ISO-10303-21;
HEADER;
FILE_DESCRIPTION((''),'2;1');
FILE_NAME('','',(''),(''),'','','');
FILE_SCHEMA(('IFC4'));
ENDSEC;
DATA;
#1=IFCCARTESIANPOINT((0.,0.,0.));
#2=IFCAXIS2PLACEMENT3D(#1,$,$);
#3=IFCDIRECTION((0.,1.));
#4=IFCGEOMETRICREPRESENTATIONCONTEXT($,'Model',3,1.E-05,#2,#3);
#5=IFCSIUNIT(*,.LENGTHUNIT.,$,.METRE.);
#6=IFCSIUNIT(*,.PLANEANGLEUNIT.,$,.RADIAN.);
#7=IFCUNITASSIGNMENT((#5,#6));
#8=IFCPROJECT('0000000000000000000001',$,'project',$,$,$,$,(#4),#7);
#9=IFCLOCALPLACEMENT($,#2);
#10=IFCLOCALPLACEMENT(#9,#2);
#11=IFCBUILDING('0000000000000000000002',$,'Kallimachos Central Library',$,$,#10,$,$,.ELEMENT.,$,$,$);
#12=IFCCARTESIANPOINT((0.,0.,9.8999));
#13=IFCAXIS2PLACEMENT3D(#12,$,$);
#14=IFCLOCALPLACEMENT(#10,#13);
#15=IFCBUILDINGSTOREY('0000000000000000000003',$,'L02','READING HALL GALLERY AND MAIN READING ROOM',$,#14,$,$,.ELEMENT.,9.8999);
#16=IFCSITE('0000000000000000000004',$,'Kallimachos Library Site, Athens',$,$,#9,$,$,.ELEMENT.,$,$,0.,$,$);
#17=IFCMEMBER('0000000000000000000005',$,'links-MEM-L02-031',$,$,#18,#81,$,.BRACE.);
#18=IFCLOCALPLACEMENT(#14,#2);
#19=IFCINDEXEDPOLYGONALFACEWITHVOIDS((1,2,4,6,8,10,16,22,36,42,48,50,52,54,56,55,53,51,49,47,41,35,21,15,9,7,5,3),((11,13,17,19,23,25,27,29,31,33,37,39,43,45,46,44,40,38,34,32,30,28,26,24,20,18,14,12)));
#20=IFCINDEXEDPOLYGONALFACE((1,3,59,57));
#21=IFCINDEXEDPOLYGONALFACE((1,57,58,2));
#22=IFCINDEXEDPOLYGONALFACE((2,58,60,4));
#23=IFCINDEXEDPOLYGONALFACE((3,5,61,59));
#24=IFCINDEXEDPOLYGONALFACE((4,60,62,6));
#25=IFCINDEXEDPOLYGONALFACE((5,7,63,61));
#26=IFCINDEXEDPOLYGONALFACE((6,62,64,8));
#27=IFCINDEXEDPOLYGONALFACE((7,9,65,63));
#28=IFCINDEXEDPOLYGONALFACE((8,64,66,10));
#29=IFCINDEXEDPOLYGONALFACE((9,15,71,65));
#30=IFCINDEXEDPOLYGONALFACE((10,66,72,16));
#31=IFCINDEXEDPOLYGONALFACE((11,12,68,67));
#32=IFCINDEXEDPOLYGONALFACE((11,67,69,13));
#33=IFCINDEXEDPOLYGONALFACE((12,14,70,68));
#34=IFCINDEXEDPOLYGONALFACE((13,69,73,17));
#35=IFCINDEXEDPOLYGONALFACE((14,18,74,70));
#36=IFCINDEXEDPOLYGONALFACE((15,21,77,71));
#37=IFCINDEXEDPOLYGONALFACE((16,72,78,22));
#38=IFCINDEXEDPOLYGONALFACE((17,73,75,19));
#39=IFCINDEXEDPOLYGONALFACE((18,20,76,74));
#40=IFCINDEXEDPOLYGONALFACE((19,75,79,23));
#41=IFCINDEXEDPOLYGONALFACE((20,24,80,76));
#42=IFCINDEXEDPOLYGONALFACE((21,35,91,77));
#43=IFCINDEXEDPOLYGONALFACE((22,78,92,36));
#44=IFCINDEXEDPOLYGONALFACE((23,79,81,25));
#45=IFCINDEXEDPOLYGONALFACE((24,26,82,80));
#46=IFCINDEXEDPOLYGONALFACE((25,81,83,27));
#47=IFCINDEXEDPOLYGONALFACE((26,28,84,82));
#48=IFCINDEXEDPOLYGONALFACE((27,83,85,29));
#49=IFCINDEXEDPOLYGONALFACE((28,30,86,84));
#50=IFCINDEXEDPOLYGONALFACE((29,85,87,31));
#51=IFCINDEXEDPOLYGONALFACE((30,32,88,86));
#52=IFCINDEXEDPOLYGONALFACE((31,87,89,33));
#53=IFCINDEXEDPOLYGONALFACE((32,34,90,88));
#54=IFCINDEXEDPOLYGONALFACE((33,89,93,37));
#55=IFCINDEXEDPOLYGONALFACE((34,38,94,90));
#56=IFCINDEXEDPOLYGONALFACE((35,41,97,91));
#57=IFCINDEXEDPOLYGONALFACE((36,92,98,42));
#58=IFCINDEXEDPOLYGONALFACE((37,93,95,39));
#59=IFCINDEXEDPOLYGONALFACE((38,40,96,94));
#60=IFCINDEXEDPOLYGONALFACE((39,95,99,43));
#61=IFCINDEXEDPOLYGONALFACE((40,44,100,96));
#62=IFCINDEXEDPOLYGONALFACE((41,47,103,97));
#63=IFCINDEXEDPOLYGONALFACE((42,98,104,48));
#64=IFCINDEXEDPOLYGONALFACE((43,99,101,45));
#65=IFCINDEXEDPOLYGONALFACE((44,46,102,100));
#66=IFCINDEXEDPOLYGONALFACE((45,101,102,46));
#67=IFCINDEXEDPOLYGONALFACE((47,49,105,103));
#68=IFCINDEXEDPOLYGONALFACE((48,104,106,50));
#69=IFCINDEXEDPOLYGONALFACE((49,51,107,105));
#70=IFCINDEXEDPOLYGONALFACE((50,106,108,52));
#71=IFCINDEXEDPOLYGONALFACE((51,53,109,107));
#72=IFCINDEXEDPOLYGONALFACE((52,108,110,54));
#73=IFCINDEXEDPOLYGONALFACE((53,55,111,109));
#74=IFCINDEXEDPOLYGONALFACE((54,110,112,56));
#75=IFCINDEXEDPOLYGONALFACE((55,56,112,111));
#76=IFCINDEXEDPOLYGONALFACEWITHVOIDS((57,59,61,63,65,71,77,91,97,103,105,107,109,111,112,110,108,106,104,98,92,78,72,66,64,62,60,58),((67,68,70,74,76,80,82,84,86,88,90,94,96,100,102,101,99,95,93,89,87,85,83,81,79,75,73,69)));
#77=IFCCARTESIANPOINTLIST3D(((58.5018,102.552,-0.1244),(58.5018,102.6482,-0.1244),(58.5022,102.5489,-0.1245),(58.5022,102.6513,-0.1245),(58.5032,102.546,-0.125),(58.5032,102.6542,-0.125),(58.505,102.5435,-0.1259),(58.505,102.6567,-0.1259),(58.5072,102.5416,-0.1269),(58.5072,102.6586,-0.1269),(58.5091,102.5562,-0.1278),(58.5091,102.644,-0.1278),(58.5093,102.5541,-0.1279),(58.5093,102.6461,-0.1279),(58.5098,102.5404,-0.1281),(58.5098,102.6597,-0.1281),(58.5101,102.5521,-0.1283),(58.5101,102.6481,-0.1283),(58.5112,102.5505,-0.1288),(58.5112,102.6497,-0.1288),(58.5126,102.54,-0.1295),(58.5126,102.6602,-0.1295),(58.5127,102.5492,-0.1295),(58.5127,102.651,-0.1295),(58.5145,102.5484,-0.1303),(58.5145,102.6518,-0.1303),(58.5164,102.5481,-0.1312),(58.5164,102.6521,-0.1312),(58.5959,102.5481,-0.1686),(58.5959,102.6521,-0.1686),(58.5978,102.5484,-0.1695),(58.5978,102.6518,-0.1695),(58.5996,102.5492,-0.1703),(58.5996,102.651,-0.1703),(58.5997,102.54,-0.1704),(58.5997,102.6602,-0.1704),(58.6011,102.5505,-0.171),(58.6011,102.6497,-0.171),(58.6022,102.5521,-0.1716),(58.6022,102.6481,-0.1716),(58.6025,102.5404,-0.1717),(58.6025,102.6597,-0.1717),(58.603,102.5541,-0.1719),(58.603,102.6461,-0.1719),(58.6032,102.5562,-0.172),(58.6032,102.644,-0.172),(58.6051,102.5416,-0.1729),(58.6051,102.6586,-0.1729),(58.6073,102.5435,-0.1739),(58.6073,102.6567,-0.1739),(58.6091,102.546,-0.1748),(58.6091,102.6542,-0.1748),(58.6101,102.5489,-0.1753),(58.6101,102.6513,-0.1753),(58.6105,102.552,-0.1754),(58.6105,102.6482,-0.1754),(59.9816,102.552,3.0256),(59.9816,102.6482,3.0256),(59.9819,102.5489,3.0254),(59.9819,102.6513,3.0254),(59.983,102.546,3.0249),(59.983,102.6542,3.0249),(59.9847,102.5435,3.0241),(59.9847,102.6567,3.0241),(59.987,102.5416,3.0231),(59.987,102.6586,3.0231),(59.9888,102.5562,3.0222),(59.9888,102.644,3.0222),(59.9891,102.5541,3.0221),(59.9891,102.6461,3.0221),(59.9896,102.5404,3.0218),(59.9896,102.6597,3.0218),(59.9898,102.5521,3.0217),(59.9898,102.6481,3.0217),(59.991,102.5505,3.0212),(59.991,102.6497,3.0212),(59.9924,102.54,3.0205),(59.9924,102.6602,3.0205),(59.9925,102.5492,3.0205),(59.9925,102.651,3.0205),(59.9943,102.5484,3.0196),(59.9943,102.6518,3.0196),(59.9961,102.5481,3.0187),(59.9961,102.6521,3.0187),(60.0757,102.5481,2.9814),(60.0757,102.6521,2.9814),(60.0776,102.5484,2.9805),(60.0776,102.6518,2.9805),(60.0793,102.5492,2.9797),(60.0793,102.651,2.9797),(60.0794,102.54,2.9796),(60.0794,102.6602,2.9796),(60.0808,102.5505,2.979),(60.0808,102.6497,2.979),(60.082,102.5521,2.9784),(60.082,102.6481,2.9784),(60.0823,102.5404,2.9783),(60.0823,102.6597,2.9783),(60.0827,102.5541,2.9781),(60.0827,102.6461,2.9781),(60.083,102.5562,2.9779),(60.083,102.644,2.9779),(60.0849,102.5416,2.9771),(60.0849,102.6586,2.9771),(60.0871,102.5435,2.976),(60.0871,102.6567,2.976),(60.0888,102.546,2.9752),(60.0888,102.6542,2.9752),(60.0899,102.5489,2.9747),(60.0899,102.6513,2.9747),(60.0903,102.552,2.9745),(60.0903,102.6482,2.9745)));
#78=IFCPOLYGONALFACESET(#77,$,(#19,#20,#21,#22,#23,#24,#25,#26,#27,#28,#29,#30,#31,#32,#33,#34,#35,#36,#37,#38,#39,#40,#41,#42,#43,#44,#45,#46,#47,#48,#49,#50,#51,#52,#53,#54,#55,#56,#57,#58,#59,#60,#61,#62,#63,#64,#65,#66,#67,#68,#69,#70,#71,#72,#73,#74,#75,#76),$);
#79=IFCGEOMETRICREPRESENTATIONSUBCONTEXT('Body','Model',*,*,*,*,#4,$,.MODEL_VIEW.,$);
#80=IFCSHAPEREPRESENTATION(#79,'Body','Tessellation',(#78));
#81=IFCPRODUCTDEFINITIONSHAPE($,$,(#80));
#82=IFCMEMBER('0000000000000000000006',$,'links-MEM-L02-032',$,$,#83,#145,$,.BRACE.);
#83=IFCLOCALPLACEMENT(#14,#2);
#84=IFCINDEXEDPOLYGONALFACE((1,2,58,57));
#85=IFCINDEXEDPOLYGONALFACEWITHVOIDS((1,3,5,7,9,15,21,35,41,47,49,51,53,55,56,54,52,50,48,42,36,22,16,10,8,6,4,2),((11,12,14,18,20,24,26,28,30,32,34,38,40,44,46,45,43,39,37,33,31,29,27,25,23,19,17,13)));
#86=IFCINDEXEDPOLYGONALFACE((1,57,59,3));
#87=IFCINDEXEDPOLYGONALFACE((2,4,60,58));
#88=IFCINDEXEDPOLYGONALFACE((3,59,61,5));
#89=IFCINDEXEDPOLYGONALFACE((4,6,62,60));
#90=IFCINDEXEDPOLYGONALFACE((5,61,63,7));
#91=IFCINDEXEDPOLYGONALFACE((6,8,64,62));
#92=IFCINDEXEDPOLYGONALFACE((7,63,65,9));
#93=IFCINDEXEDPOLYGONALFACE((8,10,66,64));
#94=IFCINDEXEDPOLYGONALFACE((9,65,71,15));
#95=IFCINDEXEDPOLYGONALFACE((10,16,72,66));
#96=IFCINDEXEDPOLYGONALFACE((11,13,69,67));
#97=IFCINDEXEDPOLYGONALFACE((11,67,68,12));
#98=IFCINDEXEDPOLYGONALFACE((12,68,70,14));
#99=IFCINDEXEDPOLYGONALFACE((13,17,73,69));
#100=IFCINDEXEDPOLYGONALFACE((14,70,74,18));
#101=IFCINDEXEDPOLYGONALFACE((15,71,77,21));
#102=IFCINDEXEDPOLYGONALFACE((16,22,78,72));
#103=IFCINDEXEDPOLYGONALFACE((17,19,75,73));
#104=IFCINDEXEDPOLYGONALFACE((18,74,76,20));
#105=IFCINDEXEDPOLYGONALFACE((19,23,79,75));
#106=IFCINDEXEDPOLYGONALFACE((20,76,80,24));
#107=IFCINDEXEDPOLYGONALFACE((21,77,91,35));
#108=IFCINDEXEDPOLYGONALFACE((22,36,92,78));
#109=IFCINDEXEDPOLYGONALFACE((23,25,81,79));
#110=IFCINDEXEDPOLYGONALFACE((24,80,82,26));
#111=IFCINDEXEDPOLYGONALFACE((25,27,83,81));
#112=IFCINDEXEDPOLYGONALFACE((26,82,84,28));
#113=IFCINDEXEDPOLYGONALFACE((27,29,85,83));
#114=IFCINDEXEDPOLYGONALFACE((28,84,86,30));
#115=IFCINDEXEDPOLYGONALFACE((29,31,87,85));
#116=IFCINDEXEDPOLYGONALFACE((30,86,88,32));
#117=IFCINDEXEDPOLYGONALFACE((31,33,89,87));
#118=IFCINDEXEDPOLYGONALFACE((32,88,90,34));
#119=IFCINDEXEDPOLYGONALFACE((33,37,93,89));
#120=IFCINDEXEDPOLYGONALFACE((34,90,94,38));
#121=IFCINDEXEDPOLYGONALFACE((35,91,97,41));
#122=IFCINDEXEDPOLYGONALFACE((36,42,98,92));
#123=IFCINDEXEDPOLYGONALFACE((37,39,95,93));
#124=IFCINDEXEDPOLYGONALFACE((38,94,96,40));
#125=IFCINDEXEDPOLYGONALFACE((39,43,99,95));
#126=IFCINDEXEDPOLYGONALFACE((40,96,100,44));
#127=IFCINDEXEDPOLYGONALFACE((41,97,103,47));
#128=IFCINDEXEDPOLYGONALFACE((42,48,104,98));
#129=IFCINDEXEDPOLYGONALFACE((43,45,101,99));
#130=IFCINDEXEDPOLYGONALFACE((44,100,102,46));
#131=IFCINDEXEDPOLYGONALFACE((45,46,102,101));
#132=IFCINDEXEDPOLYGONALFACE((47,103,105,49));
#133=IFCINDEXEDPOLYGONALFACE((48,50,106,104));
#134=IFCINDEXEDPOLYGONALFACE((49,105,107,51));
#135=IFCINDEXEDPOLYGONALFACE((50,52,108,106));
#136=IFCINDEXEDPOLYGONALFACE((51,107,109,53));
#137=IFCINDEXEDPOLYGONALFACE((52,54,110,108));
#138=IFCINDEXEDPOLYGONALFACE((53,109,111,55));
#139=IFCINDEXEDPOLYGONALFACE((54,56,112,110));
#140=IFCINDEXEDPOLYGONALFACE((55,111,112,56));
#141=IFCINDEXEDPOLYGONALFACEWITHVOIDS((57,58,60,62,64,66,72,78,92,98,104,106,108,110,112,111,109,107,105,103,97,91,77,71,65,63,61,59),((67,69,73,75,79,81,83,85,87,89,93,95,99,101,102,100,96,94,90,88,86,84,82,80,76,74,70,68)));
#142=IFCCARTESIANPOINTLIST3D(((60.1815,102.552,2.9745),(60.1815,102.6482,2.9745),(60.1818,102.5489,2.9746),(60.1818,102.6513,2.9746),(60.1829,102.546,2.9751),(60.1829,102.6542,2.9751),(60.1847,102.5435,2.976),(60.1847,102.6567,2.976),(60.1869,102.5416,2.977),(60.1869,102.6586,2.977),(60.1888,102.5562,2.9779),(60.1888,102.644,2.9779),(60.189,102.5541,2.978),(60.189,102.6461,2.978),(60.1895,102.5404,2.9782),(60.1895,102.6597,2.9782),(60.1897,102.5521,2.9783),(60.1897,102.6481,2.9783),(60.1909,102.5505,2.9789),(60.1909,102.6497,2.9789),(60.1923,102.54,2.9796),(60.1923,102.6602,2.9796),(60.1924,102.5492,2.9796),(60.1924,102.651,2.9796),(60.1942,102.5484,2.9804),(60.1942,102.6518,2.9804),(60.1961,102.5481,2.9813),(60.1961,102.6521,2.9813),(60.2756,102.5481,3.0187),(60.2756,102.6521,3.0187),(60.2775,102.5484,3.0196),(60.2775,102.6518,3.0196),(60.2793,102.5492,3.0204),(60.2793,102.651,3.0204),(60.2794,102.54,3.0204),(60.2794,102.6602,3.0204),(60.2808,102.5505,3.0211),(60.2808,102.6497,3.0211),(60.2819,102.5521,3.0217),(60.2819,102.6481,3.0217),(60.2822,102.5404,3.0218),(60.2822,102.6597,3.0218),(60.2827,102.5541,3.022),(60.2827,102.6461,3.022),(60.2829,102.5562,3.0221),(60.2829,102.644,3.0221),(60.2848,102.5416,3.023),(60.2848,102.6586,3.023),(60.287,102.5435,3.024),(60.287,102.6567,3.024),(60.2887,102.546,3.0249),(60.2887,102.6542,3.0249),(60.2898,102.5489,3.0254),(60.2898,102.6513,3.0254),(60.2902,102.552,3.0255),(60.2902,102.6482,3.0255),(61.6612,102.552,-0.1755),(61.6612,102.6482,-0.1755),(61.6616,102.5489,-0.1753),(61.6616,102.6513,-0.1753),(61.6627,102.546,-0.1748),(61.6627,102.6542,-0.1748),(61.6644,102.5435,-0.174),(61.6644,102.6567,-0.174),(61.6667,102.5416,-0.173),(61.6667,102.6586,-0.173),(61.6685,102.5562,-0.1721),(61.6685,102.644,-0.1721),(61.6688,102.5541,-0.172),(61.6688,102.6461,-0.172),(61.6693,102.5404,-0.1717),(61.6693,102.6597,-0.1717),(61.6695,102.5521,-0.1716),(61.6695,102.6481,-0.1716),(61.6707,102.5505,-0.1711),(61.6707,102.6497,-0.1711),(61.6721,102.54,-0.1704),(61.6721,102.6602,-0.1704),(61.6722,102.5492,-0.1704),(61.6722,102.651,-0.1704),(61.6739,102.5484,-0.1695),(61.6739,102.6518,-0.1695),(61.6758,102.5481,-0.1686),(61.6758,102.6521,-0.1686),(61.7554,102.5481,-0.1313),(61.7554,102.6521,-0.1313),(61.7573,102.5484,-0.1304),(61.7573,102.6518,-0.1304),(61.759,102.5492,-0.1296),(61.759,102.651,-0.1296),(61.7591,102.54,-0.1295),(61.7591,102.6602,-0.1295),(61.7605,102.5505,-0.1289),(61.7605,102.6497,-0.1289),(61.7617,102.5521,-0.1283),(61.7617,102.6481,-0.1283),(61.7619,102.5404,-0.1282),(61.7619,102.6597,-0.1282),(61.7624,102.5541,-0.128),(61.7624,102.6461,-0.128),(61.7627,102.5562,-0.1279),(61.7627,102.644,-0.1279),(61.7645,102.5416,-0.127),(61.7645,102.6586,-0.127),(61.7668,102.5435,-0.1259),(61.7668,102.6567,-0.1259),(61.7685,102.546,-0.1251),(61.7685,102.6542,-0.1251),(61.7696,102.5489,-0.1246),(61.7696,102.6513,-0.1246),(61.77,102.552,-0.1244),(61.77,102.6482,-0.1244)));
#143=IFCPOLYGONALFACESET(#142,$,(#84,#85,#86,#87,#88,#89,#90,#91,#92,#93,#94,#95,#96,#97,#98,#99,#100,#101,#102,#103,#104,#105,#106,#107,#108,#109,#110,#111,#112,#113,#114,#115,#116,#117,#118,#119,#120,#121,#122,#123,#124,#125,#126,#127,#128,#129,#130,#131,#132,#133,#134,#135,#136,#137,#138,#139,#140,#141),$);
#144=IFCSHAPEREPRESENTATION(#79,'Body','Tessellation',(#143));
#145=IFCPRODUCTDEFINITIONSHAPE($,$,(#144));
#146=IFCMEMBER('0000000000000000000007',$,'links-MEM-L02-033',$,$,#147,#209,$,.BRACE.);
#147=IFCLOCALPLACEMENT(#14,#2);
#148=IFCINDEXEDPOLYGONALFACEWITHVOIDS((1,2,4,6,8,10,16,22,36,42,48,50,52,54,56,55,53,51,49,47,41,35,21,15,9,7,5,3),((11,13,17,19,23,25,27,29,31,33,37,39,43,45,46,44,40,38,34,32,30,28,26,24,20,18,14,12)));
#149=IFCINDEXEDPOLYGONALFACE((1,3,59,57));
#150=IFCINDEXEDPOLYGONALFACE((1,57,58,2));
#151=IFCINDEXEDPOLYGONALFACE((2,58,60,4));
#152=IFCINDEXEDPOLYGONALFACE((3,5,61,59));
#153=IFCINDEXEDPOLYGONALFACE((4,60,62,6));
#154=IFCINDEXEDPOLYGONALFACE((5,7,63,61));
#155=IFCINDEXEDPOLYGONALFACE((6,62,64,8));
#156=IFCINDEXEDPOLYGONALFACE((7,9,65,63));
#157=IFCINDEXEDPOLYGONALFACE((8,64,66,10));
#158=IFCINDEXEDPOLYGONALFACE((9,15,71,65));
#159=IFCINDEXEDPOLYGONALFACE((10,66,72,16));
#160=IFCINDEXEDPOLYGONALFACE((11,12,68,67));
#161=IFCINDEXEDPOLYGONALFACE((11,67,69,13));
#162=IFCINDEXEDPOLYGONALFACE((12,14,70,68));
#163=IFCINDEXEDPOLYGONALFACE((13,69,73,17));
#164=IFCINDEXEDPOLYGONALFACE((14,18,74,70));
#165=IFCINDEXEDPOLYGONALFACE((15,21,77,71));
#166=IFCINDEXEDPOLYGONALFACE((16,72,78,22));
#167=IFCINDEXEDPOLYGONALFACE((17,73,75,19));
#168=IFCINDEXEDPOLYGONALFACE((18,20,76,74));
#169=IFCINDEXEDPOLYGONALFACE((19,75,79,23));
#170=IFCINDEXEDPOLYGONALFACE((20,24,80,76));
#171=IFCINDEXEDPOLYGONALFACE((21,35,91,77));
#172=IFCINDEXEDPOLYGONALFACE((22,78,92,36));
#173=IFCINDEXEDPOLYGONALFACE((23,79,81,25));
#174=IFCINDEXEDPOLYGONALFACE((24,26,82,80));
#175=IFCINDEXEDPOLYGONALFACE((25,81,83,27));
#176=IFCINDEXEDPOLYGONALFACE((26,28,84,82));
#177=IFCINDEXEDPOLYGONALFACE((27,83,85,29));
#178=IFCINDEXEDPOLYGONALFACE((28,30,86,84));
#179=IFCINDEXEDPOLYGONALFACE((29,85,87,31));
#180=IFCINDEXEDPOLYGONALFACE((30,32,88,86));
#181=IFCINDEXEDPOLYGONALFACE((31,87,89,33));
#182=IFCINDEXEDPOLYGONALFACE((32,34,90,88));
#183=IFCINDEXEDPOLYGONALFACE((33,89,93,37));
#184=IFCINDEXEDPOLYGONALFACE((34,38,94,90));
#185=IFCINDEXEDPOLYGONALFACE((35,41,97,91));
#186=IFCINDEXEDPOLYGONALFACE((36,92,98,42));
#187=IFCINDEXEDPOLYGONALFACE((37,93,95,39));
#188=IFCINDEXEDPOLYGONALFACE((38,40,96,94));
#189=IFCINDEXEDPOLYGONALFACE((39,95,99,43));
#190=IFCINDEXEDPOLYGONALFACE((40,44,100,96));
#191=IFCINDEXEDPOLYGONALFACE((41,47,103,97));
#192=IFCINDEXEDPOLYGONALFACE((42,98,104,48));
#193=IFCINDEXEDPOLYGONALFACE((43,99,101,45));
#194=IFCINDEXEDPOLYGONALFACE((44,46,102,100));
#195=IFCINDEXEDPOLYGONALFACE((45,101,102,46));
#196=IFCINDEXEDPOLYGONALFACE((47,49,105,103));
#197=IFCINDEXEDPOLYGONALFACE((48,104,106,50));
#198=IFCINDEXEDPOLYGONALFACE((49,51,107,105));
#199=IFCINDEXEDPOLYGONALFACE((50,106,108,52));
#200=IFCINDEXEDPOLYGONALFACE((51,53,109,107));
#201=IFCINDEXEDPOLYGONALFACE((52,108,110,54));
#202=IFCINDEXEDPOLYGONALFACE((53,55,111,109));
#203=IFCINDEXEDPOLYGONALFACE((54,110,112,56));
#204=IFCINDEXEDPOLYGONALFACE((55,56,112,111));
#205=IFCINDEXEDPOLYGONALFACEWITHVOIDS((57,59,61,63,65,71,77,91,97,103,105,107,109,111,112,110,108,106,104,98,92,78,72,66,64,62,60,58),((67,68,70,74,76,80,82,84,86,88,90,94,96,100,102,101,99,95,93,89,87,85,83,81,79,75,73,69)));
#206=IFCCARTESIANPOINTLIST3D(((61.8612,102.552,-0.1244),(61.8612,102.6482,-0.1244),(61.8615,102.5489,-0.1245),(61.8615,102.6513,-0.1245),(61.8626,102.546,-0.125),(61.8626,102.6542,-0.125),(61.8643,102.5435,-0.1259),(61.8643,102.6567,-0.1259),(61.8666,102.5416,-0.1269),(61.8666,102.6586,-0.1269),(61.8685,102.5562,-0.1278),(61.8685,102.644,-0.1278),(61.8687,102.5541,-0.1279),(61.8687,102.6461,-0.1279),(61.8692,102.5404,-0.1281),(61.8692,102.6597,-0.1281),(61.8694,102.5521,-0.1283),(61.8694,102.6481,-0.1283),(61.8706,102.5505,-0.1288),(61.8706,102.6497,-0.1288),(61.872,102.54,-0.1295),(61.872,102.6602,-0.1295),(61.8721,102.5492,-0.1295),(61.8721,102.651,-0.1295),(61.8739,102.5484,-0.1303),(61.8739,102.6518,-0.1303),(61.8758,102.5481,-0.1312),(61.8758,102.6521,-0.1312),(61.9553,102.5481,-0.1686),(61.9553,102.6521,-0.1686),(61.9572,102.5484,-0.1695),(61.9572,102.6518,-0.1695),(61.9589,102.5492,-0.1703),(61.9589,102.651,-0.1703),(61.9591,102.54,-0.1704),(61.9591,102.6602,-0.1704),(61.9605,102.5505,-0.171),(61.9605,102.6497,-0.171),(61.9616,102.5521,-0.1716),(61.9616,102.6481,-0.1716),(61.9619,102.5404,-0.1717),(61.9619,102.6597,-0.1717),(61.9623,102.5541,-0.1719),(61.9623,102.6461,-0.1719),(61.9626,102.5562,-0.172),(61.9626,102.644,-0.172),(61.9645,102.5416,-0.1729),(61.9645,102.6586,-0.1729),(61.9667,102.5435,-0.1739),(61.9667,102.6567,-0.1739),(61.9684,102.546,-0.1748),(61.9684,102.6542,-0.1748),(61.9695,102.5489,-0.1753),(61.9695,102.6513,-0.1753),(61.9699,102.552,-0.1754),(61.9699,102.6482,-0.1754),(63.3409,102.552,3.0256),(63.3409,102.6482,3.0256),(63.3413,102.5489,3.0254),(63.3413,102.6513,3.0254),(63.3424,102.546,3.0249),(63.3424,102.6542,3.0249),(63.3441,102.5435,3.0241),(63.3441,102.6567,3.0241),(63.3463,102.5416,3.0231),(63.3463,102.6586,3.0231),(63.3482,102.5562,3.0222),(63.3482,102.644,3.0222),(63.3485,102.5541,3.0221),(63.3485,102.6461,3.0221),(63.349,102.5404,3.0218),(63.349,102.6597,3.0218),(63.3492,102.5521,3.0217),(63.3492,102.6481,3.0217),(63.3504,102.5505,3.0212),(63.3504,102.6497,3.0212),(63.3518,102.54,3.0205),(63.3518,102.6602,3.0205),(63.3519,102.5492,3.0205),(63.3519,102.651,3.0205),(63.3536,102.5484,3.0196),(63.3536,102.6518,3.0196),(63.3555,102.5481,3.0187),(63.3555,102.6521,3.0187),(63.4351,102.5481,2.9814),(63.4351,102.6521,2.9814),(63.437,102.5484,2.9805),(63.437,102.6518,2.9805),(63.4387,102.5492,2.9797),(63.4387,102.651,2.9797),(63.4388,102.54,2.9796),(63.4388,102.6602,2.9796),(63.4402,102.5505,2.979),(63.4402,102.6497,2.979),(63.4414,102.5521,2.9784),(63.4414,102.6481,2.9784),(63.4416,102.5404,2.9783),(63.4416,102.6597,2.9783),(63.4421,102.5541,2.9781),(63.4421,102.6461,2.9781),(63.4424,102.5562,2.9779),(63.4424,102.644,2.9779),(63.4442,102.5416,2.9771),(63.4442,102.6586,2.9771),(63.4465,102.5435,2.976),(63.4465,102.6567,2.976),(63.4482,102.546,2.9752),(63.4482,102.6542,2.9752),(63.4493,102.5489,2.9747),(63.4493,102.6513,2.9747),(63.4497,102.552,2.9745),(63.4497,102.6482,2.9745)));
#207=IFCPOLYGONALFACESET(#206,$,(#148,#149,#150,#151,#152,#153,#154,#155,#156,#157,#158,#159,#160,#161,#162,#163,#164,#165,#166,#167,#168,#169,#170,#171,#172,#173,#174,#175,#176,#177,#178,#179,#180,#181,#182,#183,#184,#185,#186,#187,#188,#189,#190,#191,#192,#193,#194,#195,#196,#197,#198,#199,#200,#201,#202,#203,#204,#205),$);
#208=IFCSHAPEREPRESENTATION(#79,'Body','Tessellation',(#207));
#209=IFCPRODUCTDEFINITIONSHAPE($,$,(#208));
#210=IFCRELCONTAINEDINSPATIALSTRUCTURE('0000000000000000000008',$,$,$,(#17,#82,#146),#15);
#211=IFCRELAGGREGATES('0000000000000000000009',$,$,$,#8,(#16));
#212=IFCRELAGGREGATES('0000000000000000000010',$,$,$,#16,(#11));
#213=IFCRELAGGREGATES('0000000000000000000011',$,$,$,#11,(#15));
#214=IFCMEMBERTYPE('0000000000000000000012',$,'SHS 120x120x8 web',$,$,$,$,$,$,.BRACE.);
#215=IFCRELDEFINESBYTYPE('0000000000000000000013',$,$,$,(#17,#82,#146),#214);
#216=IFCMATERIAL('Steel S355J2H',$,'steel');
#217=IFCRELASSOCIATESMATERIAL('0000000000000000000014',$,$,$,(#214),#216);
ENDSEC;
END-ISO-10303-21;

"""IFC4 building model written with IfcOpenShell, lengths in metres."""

from ifc_helpers import new_model, si_unit, direction, frame, origin, origin_2d, place, context, subcontext, project, spatial, hollow_rectangle, extrude, material, material_profile, profile_set, type_object, element, save


model = new_model("IFC4")

# Units and contexts
model_context = context("Model", 3, precision=1e-05, world=origin(), true_north=direction((0.0, 1.0)))
body_context = subcontext(model_context, "Body", "Model", "MODEL_VIEW")
ifc_project = project(units=[si_unit("LENGTHUNIT", "METRE"), si_unit("PLANEANGLEUNIT", "RADIAN")], contexts=[model_context])

# Site, building, storey
site_placement = place(None, origin())
site = spatial("IfcSite", under=ifc_project, at=site_placement, Name="Kallimachos Library Site, Athens", CompositionType="ELEMENT", RefElevation=0.0)
building_placement = place(site_placement, origin())
building = spatial("IfcBuilding", under=site, at=building_placement, Name="Kallimachos Central Library", CompositionType="ELEMENT")
storey_placement = place(building_placement, frame((0.0, 0.0, 9.8999)))
storey = spatial("IfcBuildingStorey", under=building, at=storey_placement, Name="L02", Description="READING HALL GALLERY AND MAIN READING ROOM", CompositionType="ELEMENT", Elevation=9.8999)

# Members
ifc_material_1 = material(Name="Steel S355J2H", Category="steel")
ifc_material_profile_1 = material_profile(ifc_material_1, hollow_rectangle(XDim=0.1201, YDim=0.1201, WallThickness=0.0081, InnerFilletRadius=0.0081, OuterFilletRadius=0.012, at=origin_2d()), Name="SHS 120x120x8")
ifc_profile_set_1 = profile_set([ifc_material_profile_1], Name="Steel S355J2H")
member_type_1 = type_object("IfcMemberType", Name="SHS 120x120x8 web", PredefinedType="BRACE", material=ifc_profile_set_1)
for number, where, z_axis, x_axis, name in (
    (1, (58.5562, 102.6001, -0.1499), (0.425192, 0.0, 0.905103), (0.0, 1.0, 0.0), "links-MEM-L02-031"),
    (2, (60.2358, 102.6001, 3.0), (0.425192, 0.0, -0.905103), (0.0, 1.0, 0.0), "links-MEM-L02-032"),
    (3, (61.9155, 102.6001, -0.1499), (0.425192, 0.0, 0.905103), (0.0, 1.0, 0.0), "links-MEM-L02-033"),
):
    element("IfcMember", number, at=place(storey_placement, frame(where, z_axis=z_axis, x_axis=x_axis)), inside=storey, type_object=member_type_1, Name=name, PredefinedType="BRACE", context=body_context, shape_type="SweptSolid", body=[
        extrude(hollow_rectangle(XDim=0.1201, YDim=0.1201, WallThickness=0.0081, InnerFilletRadius=0.0081, OuterFilletRadius=0.012, at=origin_2d()), origin(), (0.0, 0.0, 1.0), 3.4802),
    ])

save(model, "model.ifc")
